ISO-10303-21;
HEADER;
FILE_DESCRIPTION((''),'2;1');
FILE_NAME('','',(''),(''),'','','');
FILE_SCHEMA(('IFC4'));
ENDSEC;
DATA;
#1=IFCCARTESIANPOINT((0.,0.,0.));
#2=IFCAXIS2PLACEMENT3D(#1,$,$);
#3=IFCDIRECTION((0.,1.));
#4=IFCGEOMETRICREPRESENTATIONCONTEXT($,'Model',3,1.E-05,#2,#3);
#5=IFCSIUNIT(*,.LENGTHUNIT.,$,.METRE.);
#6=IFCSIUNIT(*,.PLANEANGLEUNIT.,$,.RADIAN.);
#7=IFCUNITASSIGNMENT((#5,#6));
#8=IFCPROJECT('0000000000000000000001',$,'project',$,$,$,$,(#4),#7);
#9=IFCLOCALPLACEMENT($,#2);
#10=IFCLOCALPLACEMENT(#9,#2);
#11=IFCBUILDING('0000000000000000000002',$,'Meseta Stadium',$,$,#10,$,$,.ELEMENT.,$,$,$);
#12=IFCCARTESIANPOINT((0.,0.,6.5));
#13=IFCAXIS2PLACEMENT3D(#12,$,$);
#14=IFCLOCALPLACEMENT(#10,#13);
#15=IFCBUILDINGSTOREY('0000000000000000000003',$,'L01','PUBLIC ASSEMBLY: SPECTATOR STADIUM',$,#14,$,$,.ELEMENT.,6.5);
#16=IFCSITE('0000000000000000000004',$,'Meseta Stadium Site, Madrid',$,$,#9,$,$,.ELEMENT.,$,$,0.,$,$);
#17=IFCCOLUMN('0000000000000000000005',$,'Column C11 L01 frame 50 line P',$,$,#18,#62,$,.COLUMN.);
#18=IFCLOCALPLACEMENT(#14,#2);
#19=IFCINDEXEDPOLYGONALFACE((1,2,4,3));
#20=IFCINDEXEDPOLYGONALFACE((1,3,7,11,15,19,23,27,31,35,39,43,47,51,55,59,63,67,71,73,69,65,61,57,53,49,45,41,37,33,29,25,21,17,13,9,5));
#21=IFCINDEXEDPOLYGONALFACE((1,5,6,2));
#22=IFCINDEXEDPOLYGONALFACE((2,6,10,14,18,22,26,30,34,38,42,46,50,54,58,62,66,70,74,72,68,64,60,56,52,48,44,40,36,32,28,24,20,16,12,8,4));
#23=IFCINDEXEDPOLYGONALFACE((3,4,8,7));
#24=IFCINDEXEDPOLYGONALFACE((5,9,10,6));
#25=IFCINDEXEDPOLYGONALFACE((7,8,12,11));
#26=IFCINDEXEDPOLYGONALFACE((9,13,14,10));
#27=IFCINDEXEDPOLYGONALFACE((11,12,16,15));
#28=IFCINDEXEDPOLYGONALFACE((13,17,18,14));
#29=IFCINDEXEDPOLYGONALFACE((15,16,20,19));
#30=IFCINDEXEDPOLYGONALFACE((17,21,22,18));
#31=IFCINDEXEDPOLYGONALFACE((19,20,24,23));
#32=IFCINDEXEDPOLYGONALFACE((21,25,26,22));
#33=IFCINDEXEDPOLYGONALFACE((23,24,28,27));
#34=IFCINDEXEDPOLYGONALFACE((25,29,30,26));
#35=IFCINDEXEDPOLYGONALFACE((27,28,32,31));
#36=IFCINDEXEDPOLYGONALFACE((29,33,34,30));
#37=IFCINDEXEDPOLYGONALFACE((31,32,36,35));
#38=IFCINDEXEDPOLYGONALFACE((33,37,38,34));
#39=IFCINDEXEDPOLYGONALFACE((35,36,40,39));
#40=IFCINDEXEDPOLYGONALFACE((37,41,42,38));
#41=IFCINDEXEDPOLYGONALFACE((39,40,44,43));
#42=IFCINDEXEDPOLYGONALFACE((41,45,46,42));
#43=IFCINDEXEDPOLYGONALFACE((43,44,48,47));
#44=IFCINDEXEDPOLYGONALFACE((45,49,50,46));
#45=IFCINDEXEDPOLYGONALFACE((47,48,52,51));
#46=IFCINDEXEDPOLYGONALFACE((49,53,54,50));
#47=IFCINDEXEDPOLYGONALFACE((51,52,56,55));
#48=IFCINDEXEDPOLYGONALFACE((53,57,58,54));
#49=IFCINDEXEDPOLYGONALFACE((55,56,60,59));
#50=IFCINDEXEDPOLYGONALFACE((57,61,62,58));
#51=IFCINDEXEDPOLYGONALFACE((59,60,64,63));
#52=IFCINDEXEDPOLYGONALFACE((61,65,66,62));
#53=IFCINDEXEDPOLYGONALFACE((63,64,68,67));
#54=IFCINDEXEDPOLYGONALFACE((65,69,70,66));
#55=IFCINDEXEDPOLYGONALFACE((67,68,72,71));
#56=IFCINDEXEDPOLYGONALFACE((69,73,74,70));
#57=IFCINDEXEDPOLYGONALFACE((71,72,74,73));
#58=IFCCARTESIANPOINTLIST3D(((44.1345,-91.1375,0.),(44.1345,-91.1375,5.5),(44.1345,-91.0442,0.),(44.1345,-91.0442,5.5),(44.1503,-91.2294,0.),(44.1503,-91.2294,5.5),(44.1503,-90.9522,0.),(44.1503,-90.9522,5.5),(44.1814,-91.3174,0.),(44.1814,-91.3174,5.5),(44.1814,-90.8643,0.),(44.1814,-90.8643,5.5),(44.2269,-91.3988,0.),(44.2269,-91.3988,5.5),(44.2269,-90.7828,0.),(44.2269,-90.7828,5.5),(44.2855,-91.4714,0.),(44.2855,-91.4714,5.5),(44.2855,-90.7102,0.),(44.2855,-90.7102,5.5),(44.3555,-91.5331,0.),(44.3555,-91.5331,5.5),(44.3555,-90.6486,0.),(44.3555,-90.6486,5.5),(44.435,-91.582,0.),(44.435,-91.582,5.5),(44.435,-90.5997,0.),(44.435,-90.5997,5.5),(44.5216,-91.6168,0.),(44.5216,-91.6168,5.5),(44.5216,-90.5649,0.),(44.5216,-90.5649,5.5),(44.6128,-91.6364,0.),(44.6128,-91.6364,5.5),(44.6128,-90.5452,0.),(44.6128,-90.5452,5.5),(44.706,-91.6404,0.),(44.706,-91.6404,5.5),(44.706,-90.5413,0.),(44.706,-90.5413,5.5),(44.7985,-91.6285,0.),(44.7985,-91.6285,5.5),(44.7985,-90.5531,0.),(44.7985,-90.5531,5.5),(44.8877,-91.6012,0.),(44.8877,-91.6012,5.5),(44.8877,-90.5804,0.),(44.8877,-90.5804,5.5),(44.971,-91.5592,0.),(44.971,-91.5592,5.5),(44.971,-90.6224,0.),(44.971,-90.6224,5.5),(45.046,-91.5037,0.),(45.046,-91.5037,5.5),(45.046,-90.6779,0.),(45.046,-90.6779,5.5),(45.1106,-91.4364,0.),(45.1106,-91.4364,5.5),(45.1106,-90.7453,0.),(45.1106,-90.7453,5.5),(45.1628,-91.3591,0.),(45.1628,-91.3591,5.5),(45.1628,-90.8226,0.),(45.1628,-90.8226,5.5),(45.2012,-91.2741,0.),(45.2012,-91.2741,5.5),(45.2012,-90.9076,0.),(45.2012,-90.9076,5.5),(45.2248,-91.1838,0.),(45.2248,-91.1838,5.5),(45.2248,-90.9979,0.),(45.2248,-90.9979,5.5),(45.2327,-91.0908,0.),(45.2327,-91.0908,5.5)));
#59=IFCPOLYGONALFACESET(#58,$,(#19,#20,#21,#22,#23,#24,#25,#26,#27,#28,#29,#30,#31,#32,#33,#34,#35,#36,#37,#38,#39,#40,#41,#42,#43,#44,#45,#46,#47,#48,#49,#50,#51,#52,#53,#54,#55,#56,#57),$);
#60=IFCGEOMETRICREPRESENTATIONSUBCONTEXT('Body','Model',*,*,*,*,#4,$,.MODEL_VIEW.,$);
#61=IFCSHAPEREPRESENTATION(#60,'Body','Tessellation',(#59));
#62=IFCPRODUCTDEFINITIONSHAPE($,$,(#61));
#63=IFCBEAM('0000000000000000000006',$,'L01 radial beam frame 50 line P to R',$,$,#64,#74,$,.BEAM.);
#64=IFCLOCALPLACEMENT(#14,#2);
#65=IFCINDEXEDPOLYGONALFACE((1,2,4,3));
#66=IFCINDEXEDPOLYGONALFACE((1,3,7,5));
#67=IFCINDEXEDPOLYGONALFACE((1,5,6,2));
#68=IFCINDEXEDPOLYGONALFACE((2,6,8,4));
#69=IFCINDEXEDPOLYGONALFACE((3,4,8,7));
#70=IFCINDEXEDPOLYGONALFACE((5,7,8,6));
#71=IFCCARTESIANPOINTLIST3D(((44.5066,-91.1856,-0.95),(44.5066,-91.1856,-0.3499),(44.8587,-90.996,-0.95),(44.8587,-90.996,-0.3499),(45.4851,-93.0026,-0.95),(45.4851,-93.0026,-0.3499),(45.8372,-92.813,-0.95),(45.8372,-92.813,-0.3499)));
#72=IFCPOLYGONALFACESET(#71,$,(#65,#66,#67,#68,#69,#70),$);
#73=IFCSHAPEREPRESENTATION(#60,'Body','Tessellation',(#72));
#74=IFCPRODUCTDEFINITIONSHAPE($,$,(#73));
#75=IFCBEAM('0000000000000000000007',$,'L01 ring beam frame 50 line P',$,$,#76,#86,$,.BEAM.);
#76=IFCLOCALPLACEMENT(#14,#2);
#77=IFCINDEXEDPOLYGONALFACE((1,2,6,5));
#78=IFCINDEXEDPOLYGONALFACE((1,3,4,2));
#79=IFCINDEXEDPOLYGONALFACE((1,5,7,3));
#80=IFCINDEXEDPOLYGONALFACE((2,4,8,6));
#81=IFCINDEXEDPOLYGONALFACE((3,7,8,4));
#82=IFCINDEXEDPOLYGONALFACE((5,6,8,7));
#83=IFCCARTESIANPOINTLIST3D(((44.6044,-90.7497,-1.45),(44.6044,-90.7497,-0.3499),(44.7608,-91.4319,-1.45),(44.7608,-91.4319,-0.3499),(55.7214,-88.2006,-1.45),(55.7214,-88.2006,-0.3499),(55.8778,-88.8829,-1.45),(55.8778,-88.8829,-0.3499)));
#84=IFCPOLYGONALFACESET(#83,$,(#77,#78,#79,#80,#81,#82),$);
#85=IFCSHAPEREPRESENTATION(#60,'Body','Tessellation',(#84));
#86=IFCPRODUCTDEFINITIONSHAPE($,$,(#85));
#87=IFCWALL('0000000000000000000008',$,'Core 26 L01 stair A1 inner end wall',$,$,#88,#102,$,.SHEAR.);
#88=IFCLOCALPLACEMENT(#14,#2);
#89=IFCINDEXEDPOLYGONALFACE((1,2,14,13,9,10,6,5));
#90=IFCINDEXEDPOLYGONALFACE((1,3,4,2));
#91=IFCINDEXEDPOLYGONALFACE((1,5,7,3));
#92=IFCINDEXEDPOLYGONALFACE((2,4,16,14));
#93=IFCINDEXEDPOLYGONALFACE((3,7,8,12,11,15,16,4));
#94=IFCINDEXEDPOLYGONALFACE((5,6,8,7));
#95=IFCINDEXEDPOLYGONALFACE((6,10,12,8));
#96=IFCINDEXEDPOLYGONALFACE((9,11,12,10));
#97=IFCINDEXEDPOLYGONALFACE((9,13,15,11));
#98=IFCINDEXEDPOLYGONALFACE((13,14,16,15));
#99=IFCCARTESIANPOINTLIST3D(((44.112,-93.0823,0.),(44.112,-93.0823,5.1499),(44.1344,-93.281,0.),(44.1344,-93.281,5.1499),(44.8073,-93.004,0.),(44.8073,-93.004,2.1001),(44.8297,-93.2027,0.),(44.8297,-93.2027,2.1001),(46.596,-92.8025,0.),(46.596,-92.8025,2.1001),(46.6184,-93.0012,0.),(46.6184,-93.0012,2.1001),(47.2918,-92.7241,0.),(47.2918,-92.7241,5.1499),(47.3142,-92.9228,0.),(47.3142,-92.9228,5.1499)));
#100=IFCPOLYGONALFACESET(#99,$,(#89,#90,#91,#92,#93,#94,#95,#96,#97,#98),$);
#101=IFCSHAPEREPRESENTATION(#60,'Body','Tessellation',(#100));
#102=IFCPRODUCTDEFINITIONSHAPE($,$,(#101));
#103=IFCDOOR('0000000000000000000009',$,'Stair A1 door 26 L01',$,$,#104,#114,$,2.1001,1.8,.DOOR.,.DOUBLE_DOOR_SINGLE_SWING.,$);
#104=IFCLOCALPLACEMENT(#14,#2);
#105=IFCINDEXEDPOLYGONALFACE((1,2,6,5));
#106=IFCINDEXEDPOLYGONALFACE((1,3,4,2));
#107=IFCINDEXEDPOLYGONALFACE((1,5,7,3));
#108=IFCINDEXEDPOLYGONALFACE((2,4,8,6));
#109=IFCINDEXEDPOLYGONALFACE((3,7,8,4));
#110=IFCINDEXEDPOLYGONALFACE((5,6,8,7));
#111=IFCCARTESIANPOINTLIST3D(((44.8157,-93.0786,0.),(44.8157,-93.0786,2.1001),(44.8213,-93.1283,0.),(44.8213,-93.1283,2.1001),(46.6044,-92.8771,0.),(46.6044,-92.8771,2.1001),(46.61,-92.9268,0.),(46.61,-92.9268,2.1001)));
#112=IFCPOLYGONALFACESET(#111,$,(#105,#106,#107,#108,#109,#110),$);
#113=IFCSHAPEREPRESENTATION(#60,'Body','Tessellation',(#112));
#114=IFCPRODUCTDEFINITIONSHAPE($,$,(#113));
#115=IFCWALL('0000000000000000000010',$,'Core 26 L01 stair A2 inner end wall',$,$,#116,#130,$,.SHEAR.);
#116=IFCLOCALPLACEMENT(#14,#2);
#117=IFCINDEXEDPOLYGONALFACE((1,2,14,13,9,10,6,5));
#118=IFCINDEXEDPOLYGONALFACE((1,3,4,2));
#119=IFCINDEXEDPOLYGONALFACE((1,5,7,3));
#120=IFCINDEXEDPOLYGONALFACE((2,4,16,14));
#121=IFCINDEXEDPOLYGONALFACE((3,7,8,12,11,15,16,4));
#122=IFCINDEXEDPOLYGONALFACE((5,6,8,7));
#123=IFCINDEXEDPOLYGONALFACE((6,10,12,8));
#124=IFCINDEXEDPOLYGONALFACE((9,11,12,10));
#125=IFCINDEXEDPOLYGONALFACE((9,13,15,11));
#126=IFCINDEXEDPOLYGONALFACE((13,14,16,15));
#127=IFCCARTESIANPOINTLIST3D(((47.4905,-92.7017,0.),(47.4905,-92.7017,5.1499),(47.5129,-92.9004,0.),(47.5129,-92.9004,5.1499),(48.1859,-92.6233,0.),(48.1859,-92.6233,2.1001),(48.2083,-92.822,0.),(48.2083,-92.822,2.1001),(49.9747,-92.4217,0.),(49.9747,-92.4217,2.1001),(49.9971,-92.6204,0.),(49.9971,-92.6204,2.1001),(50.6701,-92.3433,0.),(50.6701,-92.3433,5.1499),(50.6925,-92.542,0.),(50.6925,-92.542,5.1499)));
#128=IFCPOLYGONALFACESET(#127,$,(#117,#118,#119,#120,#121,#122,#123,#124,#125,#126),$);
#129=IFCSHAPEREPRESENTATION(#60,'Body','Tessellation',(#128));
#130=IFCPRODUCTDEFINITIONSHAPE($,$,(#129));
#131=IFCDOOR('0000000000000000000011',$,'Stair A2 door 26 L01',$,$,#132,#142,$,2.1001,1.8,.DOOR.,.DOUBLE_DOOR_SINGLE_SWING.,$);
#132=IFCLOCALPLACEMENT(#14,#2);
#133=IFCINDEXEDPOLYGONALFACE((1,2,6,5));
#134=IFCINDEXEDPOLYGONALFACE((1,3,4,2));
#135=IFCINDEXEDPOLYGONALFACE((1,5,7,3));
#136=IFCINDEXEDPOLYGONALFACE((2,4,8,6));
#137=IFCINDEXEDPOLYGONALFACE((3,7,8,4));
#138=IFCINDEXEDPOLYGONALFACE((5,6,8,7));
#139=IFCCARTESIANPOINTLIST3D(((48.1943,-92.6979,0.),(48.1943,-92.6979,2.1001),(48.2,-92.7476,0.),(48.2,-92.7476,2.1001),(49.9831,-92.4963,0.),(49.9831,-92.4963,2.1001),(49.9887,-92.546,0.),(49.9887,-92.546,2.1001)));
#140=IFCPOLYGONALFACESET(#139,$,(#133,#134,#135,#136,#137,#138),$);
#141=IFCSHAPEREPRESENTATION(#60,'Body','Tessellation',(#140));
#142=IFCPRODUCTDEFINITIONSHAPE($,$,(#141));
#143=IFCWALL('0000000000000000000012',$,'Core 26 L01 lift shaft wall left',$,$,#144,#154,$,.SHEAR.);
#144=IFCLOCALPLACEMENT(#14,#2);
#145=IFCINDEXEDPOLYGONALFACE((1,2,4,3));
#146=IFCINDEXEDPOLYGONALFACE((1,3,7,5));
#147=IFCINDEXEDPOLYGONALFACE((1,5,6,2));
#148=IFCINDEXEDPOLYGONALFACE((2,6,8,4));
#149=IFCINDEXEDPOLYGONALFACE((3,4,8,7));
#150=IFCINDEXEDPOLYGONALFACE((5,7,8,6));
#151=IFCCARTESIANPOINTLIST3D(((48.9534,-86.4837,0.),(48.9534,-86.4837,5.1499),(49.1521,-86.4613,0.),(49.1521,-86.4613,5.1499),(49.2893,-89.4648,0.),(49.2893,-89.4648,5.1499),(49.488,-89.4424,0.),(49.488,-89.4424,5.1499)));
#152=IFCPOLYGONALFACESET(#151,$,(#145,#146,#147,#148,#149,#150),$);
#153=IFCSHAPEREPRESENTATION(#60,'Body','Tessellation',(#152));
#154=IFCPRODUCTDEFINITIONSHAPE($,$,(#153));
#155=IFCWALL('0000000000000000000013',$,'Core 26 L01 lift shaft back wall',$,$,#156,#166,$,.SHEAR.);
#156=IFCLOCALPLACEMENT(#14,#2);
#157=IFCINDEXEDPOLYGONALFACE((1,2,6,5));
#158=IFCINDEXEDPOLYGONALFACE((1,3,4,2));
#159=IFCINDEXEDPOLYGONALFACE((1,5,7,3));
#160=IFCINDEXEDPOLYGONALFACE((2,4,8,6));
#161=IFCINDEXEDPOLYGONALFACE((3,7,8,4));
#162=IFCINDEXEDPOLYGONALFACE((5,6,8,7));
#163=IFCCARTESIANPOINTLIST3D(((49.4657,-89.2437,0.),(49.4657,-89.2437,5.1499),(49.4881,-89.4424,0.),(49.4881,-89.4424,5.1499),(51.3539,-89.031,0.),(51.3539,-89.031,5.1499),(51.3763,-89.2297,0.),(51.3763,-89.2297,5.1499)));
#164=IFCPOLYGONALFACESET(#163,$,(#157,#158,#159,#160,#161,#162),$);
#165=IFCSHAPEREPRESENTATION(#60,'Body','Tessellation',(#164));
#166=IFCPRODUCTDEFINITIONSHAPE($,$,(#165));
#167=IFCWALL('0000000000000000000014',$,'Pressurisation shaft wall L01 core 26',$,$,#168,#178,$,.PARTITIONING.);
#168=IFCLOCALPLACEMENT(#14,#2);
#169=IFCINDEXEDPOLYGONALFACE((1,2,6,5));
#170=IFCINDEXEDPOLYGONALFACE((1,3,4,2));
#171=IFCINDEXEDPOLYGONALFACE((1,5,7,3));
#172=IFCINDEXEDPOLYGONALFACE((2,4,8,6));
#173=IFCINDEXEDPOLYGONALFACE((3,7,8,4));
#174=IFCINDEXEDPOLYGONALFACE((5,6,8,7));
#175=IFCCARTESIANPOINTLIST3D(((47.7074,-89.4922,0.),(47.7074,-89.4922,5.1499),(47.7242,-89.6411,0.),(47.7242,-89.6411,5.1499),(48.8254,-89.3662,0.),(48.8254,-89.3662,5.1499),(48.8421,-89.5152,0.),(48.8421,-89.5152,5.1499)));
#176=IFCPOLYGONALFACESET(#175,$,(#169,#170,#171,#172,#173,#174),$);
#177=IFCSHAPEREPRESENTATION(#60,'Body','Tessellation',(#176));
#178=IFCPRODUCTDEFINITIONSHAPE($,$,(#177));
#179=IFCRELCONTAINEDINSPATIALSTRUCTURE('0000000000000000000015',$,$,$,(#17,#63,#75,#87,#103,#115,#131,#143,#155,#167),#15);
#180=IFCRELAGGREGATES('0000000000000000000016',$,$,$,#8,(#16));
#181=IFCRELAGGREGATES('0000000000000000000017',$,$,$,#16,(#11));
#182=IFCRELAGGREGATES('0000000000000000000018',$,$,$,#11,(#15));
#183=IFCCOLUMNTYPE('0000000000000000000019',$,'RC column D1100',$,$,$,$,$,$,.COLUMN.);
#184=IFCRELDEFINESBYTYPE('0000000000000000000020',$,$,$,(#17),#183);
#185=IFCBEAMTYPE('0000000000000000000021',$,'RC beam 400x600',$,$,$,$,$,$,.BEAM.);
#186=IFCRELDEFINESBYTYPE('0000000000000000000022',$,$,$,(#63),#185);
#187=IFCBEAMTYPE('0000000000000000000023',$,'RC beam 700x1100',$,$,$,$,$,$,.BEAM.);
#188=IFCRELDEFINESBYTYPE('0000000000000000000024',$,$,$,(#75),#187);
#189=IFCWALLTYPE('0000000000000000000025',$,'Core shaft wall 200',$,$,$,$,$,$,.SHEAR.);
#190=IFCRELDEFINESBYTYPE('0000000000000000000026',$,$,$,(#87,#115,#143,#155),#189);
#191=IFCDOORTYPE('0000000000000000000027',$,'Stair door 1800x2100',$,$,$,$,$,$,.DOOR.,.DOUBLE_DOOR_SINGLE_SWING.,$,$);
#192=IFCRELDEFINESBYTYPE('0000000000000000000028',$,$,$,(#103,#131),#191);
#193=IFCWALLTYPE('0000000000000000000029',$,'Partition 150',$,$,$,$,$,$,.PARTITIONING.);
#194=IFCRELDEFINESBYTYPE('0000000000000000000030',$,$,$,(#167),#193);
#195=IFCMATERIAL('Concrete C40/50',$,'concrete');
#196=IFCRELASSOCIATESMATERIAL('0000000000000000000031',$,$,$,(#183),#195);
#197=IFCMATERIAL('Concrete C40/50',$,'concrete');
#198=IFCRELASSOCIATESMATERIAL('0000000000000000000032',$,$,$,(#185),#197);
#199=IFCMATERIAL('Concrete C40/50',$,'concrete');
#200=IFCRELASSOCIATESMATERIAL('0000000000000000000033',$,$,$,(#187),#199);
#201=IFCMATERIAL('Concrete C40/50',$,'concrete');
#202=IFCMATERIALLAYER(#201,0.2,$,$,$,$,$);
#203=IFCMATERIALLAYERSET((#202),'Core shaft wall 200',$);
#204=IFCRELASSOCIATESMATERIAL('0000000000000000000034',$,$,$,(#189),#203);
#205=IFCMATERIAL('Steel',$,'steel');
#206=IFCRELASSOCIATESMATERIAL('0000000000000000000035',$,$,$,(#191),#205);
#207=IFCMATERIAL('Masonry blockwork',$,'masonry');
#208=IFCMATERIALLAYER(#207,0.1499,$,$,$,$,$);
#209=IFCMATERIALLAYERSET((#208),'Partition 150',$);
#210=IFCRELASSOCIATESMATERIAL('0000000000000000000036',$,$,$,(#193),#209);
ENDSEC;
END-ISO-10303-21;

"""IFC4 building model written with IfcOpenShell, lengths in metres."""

from ifc_helpers import new_model, si_unit, direction, frame, frame_2d, origin, origin_2d, place, context, subcontext, project, spatial, rectangle, circle, extrude, material, layer, layer_set, material_profile, profile_set, type_object, element, fill, save


model = new_model("IFC4")

# Units and contexts
model_context = context("Model", 3, precision=1e-05, world=origin(), true_north=direction((0.0, 1.0)))
body_context = subcontext(model_context, "Body", "Model", "MODEL_VIEW")
ifc_project = project(units=[si_unit("LENGTHUNIT", "METRE"), si_unit("PLANEANGLEUNIT", "RADIAN")], contexts=[model_context])

# Site, building, storey
site_placement = place(None, origin())
site = spatial("IfcSite", under=ifc_project, at=site_placement, Name="Meseta Stadium Site, Madrid", CompositionType="ELEMENT", RefElevation=0.0)
building_placement = place(site_placement, origin())
building = spatial("IfcBuilding", under=site, at=building_placement, Name="Meseta Stadium", CompositionType="ELEMENT")
storey_placement = place(building_placement, frame((0.0, 0.0, 6.5)))
storey = spatial("IfcBuildingStorey", under=building, at=storey_placement, Name="L01", Description="PUBLIC ASSEMBLY: SPECTATOR STADIUM", CompositionType="ELEMENT", Elevation=6.5)

# Column
ifc_material_1 = material(Name="Concrete C40/50", Category="concrete")
ifc_material_profile_1 = material_profile(ifc_material_1, circle(Radius=0.55, at=origin_2d()), Name="RC D1100")
ifc_profile_set_1 = profile_set([ifc_material_profile_1], Name="Concrete C40/50")
column_type = type_object("IfcColumnType", Name="RC column D1100", PredefinedType="COLUMN", material=ifc_profile_set_1)
column_placement = place(storey_placement, frame((44.6826, -91.0908, 0.0), z_axis=(0.0, 0.0, 1.0), x_axis=(1.0, 0.0, 0.0)))
element("IfcColumn", 1, at=column_placement, inside=storey, type_object=column_type, Name="Column C11 L01 frame 50 line P", PredefinedType="COLUMN", context=body_context, shape_type="SweptSolid", body=[
    extrude(circle(Radius=0.55, at=origin_2d()), origin(), (0.0, 0.0, 1.0), 5.5),
])

# Beams
ifc_material_2 = material(Name="Concrete C40/50", Category="concrete")
ifc_material_profile_2 = material_profile(ifc_material_2, rectangle(XDim=0.3999, YDim=0.6001, at=origin_2d()), Name="RC 400x600")
ifc_profile_set_2 = profile_set([ifc_material_profile_2], Name="Concrete C40/50")
beam_type_1 = type_object("IfcBeamType", Name="RC beam 400x600", PredefinedType="BEAM", material=ifc_profile_set_2)
beam_1_placement = place(storey_placement, frame((44.6826, -91.0908, -0.6499), z_axis=(0.47417, -0.880433, 0.0), x_axis=(0.880433, 0.47417, 0.0)))
element("IfcBeam", 2, at=beam_1_placement, inside=storey, type_object=beam_type_1, Name="L01 radial beam frame 50 line P to R", PredefinedType="BEAM", context=body_context, shape_type="SweptSolid", body=[
    extrude(rectangle(XDim=0.3999, YDim=0.6001, at=origin_2d()), origin(), (0.0, 0.0, 1.0), 2.0637),
])
ifc_material_3 = material(Name="Concrete C40/50", Category="concrete")
ifc_material_profile_3 = material_profile(ifc_material_3, rectangle(XDim=0.7, YDim=1.1001, at=origin_2d()), Name="RC 700x1100")
ifc_profile_set_3 = profile_set([ifc_material_profile_3], Name="Concrete C40/50")
beam_type_2 = type_object("IfcBeamType", Name="RC beam 700x1100", PredefinedType="BEAM", material=ifc_profile_set_3)
beam_2_placement = place(storey_placement, frame((44.6826, -91.0908, -0.8999), z_axis=(0.974705, 0.223496, 0.0), x_axis=(-0.223496, 0.974705, 0.0)))
element("IfcBeam", 3, at=beam_2_placement, inside=storey, type_object=beam_type_2, Name="L01 ring beam frame 50 line P", PredefinedType="BEAM", context=body_context, shape_type="SweptSolid", body=[
    extrude(rectangle(XDim=0.7, YDim=1.1001, at=origin_2d()), origin(), (0.0, 0.0, 1.0), 11.4055),
])

# Walls, openings, doors
ifc_material_4 = material(Name="Concrete C40/50", Category="concrete")
ifc_layer_1 = layer(ifc_material_4, 0.2)
ifc_layer_set_1 = layer_set([ifc_layer_1], Name="Core shaft wall 200")
wall_type_1 = type_object("IfcWallType", Name="Core shaft wall 200", PredefinedType="SHEAR", material=ifc_layer_set_1)
wall_1_placement = place(storey_placement, frame((44.123, -93.1816, 0.0), z_axis=(0.0, 0.0, 1.0), x_axis=(0.993717, 0.111922, 0.0)))
wall_1 = element("IfcWall", 4, at=wall_1_placement, inside=storey, type_object=wall_type_1, Name="Core 26 L01 stair A1 inner end wall", PredefinedType="SHEAR", context=body_context, shape_type="SweptSolid", body=[
    extrude(rectangle(XDim=3.2, YDim=0.2, at=frame_2d((1.6001, 0.0))), origin(), (0.0, 0.0, 1.0), 5.1499),
])
opening_1_placement = place(wall_1_placement, frame((0.7, 0.0, 0.0)))
opening_1 = element("IfcOpeningElement", 5, at=opening_1_placement, cuts=wall_1, PredefinedType="OPENING", context=body_context, shape_type="SweptSolid", body=[
    extrude(rectangle(XDim=1.8, YDim=2.1001, at=frame_2d((0.8999, 1.05))), frame((0.0, 0.1099, 0.0), z_axis=(0.0, -1.0, 0.0), x_axis=(1.0, 0.0, 0.0)), (0.0, 0.0, 1.0), 0.22),
])
ifc_material_5 = material(Name="Steel", Category="steel")
door_type_1 = type_object("IfcDoorType", Name="Stair door 1800x2100", OperationType="DOUBLE_DOOR_SINGLE_SWING", PredefinedType="DOOR", material=ifc_material_5)
door_1_placement = place(opening_1_placement, origin())
door_1 = element("IfcDoor", 6, at=door_1_placement, inside=storey, type_object=door_type_1, Name="Stair A1 door 26 L01", OperationType="DOUBLE_DOOR_SINGLE_SWING", OverallHeight=2.1001, OverallWidth=1.8, PredefinedType="DOOR", context=body_context, shape_type="SweptSolid", body=[
    extrude(rectangle(XDim=1.8, YDim=2.1001, at=frame_2d((0.8999, 1.05))), frame((0.0, 0.0249, 0.0), z_axis=(0.0, -1.0, 0.0), x_axis=(1.0, 0.0, 0.0)), (0.0, 0.0, 1.0), 0.05),
])
fill(opening_1, door_1)
wall_2_placement = place(storey_placement, frame((47.5017, -92.801, 0.0), z_axis=(0.0, 0.0, 1.0), x_axis=(0.993708, 0.112006, 0.0)))
wall_2 = element("IfcWall", 7, at=wall_2_placement, inside=storey, type_object=wall_type_1, Name="Core 26 L01 stair A2 inner end wall", PredefinedType="SHEAR", context=body_context, shape_type="SweptSolid", body=[
    extrude(rectangle(XDim=3.1997, YDim=0.2, at=frame_2d((1.5999, 0.0))), origin(), (0.0, 0.0, 1.0), 5.1499),
])
opening_2_placement = place(wall_2_placement, frame((0.7, 0.0, 0.0)))
opening_2 = element("IfcOpeningElement", 8, at=opening_2_placement, cuts=wall_2, PredefinedType="OPENING", context=body_context, shape_type="SweptSolid", body=[
    extrude(rectangle(XDim=1.8, YDim=2.1001, at=frame_2d((0.8999, 1.05))), frame((0.0, 0.1099, 0.0), z_axis=(0.0, -1.0, 0.0), x_axis=(1.0, 0.0, 0.0)), (0.0, 0.0, 1.0), 0.22),
])
door_2_placement = place(opening_2_placement, origin())
door_2 = element("IfcDoor", 9, at=door_2_placement, inside=storey, type_object=door_type_1, Name="Stair A2 door 26 L01", OperationType="DOUBLE_DOOR_SINGLE_SWING", OverallHeight=2.1001, OverallWidth=1.8, PredefinedType="DOOR", context=body_context, shape_type="SweptSolid", body=[
    extrude(rectangle(XDim=1.8, YDim=2.1001, at=frame_2d((0.8999, 1.05))), frame((0.0, 0.0249, 0.0), z_axis=(0.0, -1.0, 0.0), x_axis=(1.0, 0.0, 0.0)), (0.0, 0.0, 1.0), 0.05),
])
fill(opening_2, door_2)

# Walls
wall_3_placement = place(storey_placement, frame((49.3887, -89.4536, 0.0), z_axis=(0.0, 0.0, 1.0), x_axis=(-0.111977, 0.993711, 0.0)))
element("IfcWall", 10, at=wall_3_placement, inside=storey, type_object=wall_type_1, Name="Core 26 L01 lift shaft wall left", PredefinedType="SHEAR", context=body_context, shape_type="SweptSolid", body=[
    extrude(rectangle(XDim=3.0, YDim=0.2, at=frame_2d((1.5, 0.0))), origin(), (0.0, 0.0, 1.0), 5.1499),
])
wall_4_placement = place(storey_placement, frame((49.4768, -89.343, 0.0), z_axis=(0.0, 0.0, 1.0), x_axis=(0.993718, 0.111912, 0.0)))
element("IfcWall", 11, at=wall_4_placement, inside=storey, type_object=wall_type_1, Name="Core 26 L01 lift shaft back wall", PredefinedType="SHEAR", context=body_context, shape_type="SweptSolid", body=[
    extrude(rectangle(XDim=1.9001, YDim=0.2, at=frame_2d((0.9502, 0.0))), origin(), (0.0, 0.0, 1.0), 5.1499),
])
ifc_material_6 = material(Name="Masonry blockwork", Category="masonry")
ifc_layer_2 = layer(ifc_material_6, 0.1499)
ifc_layer_set_2 = layer_set([ifc_layer_2], Name="Partition 150")
wall_type_2 = type_object("IfcWallType", Name="Partition 150", PredefinedType="PARTITIONING", material=ifc_layer_set_2)
wall_5_placement = place(storey_placement, frame((47.7158, -89.5667, 0.0), z_axis=(0.0, 0.0, 1.0), x_axis=(0.993711, 0.11198, 0.0)))
element("IfcWall", 12, at=wall_5_placement, inside=storey, type_object=wall_type_2, Name="Pressurisation shaft wall L01 core 26", PredefinedType="PARTITIONING", context=body_context, shape_type="SweptSolid", body=[
    extrude(rectangle(XDim=1.125, YDim=0.1499, at=frame_2d((0.5625, 0.0))), origin(), (0.0, 0.0, 1.0), 5.1499),
])

save(model, "model.ifc")
